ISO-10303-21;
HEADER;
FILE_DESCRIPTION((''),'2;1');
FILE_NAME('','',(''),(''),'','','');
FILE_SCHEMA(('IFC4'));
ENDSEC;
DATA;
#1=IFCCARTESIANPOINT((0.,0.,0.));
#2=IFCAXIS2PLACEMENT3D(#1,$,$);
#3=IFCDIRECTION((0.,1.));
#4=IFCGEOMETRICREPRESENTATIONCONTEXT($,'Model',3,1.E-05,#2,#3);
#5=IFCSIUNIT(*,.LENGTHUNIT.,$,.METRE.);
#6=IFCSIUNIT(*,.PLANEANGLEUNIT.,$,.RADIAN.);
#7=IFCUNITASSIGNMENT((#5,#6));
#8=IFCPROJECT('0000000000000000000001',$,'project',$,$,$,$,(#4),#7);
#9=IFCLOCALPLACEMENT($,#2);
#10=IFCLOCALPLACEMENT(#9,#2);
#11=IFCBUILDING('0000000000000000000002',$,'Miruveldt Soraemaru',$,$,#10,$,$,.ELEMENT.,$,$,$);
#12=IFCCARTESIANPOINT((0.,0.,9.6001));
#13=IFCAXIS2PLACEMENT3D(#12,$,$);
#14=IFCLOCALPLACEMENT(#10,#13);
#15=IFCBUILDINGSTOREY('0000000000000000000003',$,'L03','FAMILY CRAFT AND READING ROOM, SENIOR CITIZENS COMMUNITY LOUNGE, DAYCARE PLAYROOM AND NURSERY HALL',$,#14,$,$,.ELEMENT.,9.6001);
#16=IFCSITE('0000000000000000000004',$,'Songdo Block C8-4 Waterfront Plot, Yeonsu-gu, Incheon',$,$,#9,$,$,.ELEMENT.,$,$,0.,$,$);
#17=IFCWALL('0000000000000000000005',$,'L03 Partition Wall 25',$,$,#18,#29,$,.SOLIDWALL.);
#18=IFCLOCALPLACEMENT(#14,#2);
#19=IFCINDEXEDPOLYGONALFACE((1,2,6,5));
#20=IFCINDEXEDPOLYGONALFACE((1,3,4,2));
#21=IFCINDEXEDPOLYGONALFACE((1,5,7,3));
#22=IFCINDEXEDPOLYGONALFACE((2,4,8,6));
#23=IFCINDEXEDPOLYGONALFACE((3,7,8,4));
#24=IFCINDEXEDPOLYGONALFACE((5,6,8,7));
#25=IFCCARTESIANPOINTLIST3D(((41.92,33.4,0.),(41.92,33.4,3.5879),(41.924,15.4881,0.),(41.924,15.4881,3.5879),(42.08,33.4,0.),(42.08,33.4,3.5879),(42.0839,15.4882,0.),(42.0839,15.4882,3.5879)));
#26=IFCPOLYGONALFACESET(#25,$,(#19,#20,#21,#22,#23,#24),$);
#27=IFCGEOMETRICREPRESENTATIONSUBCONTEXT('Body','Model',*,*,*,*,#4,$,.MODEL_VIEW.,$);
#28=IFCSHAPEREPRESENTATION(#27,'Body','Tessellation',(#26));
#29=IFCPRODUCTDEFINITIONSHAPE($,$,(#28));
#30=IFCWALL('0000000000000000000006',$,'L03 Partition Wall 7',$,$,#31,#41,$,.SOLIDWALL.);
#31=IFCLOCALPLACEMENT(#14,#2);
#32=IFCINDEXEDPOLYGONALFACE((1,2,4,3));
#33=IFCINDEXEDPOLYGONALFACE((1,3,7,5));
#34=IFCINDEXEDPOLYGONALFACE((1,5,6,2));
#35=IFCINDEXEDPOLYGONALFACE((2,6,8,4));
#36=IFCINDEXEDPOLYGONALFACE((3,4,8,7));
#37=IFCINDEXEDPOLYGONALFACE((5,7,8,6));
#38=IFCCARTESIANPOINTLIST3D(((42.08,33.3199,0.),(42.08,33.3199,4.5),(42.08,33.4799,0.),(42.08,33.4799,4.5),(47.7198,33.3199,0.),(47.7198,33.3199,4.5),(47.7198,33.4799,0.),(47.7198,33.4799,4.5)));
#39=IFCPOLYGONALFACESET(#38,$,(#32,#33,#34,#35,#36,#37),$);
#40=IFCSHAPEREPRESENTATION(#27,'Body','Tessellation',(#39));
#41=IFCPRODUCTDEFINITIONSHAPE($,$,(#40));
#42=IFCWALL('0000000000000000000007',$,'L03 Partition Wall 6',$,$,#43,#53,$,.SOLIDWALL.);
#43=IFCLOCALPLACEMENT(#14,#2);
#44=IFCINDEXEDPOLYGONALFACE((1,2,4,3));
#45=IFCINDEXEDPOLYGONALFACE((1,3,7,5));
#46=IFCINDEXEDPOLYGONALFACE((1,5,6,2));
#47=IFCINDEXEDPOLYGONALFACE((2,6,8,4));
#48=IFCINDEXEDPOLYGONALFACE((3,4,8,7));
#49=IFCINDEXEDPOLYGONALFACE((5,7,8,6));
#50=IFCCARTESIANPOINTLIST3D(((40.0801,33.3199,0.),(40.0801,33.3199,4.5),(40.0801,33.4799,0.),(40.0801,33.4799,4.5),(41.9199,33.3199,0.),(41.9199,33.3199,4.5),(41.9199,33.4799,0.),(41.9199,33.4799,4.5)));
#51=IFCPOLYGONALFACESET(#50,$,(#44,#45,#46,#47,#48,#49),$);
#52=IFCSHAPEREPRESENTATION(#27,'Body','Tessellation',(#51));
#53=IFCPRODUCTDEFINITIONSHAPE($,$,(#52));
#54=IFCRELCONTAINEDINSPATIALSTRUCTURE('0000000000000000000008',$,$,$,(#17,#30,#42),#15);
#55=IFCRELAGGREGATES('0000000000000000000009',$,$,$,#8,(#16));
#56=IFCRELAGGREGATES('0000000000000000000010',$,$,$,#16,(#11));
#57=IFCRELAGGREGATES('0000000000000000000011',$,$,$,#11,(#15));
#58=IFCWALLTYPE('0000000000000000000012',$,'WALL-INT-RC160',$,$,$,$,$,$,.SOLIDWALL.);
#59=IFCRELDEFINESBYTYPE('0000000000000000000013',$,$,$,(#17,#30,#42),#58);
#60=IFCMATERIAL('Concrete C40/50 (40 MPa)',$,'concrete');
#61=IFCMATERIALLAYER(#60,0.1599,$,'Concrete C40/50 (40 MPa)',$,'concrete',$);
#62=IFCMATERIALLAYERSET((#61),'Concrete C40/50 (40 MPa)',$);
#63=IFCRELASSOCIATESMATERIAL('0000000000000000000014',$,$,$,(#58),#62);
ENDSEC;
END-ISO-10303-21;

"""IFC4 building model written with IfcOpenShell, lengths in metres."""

from ifc_helpers import new_model, si_unit, direction, frame, frame_2d, origin, place, context, subcontext, project, spatial, rectangle, extrude, material, layer, layer_set, type_object, element, save


model = new_model("IFC4")

# Units and contexts
model_context = context("Model", 3, precision=1e-05, world=origin(), true_north=direction((0.0, 1.0)))
body_context = subcontext(model_context, "Body", "Model", "MODEL_VIEW")
ifc_project = project(units=[si_unit("LENGTHUNIT", "METRE"), si_unit("PLANEANGLEUNIT", "RADIAN")], contexts=[model_context])

# Site, building, storey
site_placement = place(None, origin())
site = spatial("IfcSite", under=ifc_project, at=site_placement, Name="Songdo Block C8-4 Waterfront Plot, Yeonsu-gu, Incheon", CompositionType="ELEMENT", RefElevation=0.0)
building_placement = place(site_placement, origin())
building = spatial("IfcBuilding", under=site, at=building_placement, Name="Miruveldt Soraemaru", CompositionType="ELEMENT")
storey_placement = place(building_placement, frame((0.0, 0.0, 9.6001)))
storey = spatial("IfcBuildingStorey", under=building, at=storey_placement, Name="L03", Description="FAMILY CRAFT AND READING ROOM, SENIOR CITIZENS COMMUNITY LOUNGE, DAYCARE PLAYROOM AND NURSERY HALL", CompositionType="ELEMENT", Elevation=9.6001)

# Walls
ifc_material_1 = material(Name="Concrete C40/50 (40 MPa)", Category="concrete")
ifc_layer_1 = layer(ifc_material_1, 0.1599, Name="Concrete C40/50 (40 MPa)", Category="concrete")
ifc_layer_set_1 = layer_set([ifc_layer_1], Name="Concrete C40/50 (40 MPa)")
wall_type_1 = type_object("IfcWallType", Name="WALL-INT-RC160", PredefinedType="SOLIDWALL", material=ifc_layer_set_1)
wall_1_placement = place(storey_placement, frame((42.0039, 15.488, 0.0), z_axis=(0.0, 0.0, 1.0), x_axis=(-0.000218, 1.0, 0.0)))
element("IfcWall", 1, at=wall_1_placement, inside=storey, type_object=wall_type_1, Name="L03 Partition Wall 25", PredefinedType="SOLIDWALL", context=body_context, shape_type="SweptSolid", body=[
    extrude(rectangle(XDim=17.9119, YDim=0.1599, at=frame_2d((8.9561, 0.0))), origin(), (0.0, 0.0, 1.0), 3.5879),
])
wall_2_placement = place(storey_placement, frame((42.0801, 33.3999, 0.0), z_axis=(0.0, 0.0, 1.0), x_axis=(1.0, 0.0, 0.0)))
element("IfcWall", 2, at=wall_2_placement, inside=storey, type_object=wall_type_1, Name="L03 Partition Wall 7", PredefinedType="SOLIDWALL", context=body_context, shape_type="SweptSolid", body=[
    extrude(rectangle(XDim=5.6399, YDim=0.1599, at=frame_2d((2.8198, 0.0))), origin(), (0.0, 0.0, 1.0), 4.5),
])
wall_3_placement = place(storey_placement, frame((40.0801, 33.3999, 0.0), z_axis=(0.0, 0.0, 1.0), x_axis=(1.0, 0.0, 0.0)))
element("IfcWall", 3, at=wall_3_placement, inside=storey, type_object=wall_type_1, Name="L03 Partition Wall 6", PredefinedType="SOLIDWALL", context=body_context, shape_type="SweptSolid", body=[
    extrude(rectangle(XDim=1.8398, YDim=0.1599, at=frame_2d((0.9199, 0.0))), origin(), (0.0, 0.0, 1.0), 4.5),
])

save(model, "model.ifc")
